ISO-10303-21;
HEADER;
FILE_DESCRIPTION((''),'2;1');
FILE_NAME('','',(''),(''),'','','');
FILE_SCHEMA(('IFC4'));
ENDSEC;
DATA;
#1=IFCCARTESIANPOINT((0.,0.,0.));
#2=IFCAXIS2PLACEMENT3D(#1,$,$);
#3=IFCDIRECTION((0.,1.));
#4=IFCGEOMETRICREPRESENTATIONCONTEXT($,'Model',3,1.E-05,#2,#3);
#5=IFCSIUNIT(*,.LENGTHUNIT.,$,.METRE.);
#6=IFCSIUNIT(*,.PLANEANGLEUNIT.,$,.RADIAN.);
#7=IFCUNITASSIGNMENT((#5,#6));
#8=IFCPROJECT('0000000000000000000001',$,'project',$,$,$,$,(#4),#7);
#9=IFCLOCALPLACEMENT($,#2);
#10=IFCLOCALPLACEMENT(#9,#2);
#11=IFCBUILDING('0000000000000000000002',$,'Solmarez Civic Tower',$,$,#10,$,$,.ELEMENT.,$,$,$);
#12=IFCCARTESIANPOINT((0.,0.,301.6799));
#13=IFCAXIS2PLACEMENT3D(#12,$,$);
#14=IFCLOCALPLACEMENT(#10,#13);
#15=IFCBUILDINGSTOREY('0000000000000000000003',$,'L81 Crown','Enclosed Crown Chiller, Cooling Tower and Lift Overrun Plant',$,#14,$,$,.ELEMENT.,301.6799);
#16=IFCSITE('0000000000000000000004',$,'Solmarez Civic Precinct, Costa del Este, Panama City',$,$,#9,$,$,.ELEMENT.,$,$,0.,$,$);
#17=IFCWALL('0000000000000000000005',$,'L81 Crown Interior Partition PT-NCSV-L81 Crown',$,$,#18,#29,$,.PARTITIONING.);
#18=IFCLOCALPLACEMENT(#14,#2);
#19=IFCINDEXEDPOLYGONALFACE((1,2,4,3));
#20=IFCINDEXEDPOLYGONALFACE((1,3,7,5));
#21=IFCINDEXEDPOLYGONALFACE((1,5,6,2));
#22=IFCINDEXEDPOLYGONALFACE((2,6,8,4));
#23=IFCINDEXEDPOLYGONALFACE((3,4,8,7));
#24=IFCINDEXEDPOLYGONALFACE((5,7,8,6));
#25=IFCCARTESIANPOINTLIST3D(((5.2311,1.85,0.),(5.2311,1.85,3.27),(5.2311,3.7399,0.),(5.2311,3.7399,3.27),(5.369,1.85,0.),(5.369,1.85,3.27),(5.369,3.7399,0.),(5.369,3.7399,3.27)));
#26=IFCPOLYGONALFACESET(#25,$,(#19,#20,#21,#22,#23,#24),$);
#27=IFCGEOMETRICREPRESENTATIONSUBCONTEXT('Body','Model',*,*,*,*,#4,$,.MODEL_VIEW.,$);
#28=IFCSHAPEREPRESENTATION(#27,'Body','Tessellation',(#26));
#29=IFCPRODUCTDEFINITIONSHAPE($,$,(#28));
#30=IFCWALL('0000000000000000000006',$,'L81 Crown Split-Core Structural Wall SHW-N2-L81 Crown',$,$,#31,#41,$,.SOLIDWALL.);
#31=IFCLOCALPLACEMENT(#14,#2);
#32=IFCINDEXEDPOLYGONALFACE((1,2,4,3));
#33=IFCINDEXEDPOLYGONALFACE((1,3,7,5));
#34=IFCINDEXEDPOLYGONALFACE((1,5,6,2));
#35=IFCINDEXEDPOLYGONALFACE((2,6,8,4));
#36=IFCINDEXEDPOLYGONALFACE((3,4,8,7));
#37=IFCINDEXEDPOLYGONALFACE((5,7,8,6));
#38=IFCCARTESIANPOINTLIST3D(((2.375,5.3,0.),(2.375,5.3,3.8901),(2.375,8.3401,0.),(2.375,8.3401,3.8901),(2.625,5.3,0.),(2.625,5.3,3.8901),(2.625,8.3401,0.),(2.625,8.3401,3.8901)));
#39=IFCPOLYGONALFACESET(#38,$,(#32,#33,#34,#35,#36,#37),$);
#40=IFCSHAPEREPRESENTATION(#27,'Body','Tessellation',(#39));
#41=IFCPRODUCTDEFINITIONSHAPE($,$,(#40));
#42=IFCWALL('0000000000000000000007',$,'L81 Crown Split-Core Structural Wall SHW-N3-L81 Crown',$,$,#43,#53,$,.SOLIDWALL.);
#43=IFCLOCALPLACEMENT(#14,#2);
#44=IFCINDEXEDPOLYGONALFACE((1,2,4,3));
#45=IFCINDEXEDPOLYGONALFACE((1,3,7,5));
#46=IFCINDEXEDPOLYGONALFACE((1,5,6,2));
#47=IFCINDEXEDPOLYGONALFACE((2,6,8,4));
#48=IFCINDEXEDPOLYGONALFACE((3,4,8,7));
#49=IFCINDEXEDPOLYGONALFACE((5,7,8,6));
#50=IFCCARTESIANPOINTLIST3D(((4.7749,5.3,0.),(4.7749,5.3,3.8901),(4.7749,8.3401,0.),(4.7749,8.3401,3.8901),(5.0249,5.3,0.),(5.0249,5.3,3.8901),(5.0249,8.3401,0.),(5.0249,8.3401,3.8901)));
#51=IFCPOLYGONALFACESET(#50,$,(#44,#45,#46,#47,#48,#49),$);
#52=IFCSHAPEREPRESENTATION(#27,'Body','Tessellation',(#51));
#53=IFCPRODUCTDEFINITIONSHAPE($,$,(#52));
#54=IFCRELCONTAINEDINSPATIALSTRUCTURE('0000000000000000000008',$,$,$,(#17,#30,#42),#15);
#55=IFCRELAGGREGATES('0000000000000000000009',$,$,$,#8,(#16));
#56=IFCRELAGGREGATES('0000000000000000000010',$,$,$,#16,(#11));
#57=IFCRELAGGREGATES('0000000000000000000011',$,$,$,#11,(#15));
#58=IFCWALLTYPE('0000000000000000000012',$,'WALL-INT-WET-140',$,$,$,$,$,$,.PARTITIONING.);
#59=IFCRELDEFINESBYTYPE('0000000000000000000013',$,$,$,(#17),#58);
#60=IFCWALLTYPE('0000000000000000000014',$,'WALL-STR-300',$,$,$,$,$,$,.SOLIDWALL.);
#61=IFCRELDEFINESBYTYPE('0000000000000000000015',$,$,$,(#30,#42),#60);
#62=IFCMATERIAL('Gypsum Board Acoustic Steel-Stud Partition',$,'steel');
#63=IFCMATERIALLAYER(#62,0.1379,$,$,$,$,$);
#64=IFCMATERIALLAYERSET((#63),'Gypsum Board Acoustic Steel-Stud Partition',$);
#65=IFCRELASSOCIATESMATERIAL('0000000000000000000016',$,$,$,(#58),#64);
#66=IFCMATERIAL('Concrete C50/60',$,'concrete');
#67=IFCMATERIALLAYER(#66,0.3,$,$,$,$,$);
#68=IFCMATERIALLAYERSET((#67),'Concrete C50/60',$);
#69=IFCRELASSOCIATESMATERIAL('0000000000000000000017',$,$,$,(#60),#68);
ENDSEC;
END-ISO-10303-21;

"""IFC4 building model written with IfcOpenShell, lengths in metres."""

from ifc_helpers import new_model, si_unit, direction, frame, frame_2d, origin, place, context, subcontext, project, spatial, rectangle, extrude, material, layer, layer_set, type_object, element, save


model = new_model("IFC4")

# Units and contexts
model_context = context("Model", 3, precision=1e-05, world=origin(), true_north=direction((0.0, 1.0)))
body_context = subcontext(model_context, "Body", "Model", "MODEL_VIEW")
ifc_project = project(units=[si_unit("LENGTHUNIT", "METRE"), si_unit("PLANEANGLEUNIT", "RADIAN")], contexts=[model_context])

# Site, building, storey
site_placement = place(None, origin())
site = spatial("IfcSite", under=ifc_project, at=site_placement, Name="Solmarez Civic Precinct, Costa del Este, Panama City", CompositionType="ELEMENT", RefElevation=0.0)
building_placement = place(site_placement, origin())
building = spatial("IfcBuilding", under=site, at=building_placement, Name="Solmarez Civic Tower", CompositionType="ELEMENT")
storey_placement = place(building_placement, frame((0.0, 0.0, 301.6799)))
storey = spatial("IfcBuildingStorey", under=building, at=storey_placement, Name="L81 Crown", Description="Enclosed Crown Chiller, Cooling Tower and Lift Overrun Plant", CompositionType="ELEMENT", Elevation=301.6799)

# Shared definitions
ifc_material_1 = material(Name="Concrete C50/60", Category="concrete")

# Shared definitions
ifc_material_2 = material(Name="Gypsum Board Acoustic Steel-Stud Partition", Category="steel")

# Wall
ifc_layer_1 = layer(ifc_material_2, 0.1379)
ifc_layer_set_1 = layer_set([ifc_layer_1], Name="Gypsum Board Acoustic Steel-Stud Partition")
wall_type_1 = type_object("IfcWallType", Name="WALL-INT-WET-140", PredefinedType="PARTITIONING", material=ifc_layer_set_1)
wall_1_placement = place(storey_placement, frame((5.3, 1.8501, 0.0), z_axis=(0.0, 0.0, 1.0), x_axis=(0.0, 1.0, 0.0)))
element("IfcWall", 1, at=wall_1_placement, inside=storey, type_object=wall_type_1, Name="L81 Crown Interior Partition PT-NCSV-L81 Crown", PredefinedType="PARTITIONING", context=body_context, shape_type="SweptSolid", body=[
    extrude(rectangle(XDim=1.8899, YDim=0.1379, at=frame_2d((0.9448, 0.0))), origin(), (0.0, 0.0, 1.0), 3.27),
])

# Shared definitions
ifc_layer_2 = layer(ifc_material_1, 0.3)
ifc_layer_set_2 = layer_set([ifc_layer_2], Name="Concrete C50/60")
wall_type_2 = type_object("IfcWallType", Name="WALL-STR-300", PredefinedType="SOLIDWALL", material=ifc_layer_set_2)

# Walls
for number, where, z_axis, x_axis, name in (
    (2, (2.5, 5.3, 0.0), (0.0, 0.0, 1.0), (0.0, 1.0, 0.0), "L81 Crown Split-Core Structural Wall SHW-N2-L81 Crown"),
    (3, (4.8999, 5.3, 0.0), (0.0, 0.0, 1.0), (0.0, 1.0, 0.0), "L81 Crown Split-Core Structural Wall SHW-N3-L81 Crown"),
):
    element("IfcWall", number, at=place(storey_placement, frame(where, z_axis=z_axis, x_axis=x_axis)), inside=storey, type_object=wall_type_2, Name=name, PredefinedType="SOLIDWALL", context=body_context, shape_type="SweptSolid", body=[
        extrude(rectangle(XDim=3.04, YDim=0.25, at=frame_2d((1.52, 0.0))), origin(), (0.0, 0.0, 1.0), 3.8901),
    ])

save(model, "model.ifc")
